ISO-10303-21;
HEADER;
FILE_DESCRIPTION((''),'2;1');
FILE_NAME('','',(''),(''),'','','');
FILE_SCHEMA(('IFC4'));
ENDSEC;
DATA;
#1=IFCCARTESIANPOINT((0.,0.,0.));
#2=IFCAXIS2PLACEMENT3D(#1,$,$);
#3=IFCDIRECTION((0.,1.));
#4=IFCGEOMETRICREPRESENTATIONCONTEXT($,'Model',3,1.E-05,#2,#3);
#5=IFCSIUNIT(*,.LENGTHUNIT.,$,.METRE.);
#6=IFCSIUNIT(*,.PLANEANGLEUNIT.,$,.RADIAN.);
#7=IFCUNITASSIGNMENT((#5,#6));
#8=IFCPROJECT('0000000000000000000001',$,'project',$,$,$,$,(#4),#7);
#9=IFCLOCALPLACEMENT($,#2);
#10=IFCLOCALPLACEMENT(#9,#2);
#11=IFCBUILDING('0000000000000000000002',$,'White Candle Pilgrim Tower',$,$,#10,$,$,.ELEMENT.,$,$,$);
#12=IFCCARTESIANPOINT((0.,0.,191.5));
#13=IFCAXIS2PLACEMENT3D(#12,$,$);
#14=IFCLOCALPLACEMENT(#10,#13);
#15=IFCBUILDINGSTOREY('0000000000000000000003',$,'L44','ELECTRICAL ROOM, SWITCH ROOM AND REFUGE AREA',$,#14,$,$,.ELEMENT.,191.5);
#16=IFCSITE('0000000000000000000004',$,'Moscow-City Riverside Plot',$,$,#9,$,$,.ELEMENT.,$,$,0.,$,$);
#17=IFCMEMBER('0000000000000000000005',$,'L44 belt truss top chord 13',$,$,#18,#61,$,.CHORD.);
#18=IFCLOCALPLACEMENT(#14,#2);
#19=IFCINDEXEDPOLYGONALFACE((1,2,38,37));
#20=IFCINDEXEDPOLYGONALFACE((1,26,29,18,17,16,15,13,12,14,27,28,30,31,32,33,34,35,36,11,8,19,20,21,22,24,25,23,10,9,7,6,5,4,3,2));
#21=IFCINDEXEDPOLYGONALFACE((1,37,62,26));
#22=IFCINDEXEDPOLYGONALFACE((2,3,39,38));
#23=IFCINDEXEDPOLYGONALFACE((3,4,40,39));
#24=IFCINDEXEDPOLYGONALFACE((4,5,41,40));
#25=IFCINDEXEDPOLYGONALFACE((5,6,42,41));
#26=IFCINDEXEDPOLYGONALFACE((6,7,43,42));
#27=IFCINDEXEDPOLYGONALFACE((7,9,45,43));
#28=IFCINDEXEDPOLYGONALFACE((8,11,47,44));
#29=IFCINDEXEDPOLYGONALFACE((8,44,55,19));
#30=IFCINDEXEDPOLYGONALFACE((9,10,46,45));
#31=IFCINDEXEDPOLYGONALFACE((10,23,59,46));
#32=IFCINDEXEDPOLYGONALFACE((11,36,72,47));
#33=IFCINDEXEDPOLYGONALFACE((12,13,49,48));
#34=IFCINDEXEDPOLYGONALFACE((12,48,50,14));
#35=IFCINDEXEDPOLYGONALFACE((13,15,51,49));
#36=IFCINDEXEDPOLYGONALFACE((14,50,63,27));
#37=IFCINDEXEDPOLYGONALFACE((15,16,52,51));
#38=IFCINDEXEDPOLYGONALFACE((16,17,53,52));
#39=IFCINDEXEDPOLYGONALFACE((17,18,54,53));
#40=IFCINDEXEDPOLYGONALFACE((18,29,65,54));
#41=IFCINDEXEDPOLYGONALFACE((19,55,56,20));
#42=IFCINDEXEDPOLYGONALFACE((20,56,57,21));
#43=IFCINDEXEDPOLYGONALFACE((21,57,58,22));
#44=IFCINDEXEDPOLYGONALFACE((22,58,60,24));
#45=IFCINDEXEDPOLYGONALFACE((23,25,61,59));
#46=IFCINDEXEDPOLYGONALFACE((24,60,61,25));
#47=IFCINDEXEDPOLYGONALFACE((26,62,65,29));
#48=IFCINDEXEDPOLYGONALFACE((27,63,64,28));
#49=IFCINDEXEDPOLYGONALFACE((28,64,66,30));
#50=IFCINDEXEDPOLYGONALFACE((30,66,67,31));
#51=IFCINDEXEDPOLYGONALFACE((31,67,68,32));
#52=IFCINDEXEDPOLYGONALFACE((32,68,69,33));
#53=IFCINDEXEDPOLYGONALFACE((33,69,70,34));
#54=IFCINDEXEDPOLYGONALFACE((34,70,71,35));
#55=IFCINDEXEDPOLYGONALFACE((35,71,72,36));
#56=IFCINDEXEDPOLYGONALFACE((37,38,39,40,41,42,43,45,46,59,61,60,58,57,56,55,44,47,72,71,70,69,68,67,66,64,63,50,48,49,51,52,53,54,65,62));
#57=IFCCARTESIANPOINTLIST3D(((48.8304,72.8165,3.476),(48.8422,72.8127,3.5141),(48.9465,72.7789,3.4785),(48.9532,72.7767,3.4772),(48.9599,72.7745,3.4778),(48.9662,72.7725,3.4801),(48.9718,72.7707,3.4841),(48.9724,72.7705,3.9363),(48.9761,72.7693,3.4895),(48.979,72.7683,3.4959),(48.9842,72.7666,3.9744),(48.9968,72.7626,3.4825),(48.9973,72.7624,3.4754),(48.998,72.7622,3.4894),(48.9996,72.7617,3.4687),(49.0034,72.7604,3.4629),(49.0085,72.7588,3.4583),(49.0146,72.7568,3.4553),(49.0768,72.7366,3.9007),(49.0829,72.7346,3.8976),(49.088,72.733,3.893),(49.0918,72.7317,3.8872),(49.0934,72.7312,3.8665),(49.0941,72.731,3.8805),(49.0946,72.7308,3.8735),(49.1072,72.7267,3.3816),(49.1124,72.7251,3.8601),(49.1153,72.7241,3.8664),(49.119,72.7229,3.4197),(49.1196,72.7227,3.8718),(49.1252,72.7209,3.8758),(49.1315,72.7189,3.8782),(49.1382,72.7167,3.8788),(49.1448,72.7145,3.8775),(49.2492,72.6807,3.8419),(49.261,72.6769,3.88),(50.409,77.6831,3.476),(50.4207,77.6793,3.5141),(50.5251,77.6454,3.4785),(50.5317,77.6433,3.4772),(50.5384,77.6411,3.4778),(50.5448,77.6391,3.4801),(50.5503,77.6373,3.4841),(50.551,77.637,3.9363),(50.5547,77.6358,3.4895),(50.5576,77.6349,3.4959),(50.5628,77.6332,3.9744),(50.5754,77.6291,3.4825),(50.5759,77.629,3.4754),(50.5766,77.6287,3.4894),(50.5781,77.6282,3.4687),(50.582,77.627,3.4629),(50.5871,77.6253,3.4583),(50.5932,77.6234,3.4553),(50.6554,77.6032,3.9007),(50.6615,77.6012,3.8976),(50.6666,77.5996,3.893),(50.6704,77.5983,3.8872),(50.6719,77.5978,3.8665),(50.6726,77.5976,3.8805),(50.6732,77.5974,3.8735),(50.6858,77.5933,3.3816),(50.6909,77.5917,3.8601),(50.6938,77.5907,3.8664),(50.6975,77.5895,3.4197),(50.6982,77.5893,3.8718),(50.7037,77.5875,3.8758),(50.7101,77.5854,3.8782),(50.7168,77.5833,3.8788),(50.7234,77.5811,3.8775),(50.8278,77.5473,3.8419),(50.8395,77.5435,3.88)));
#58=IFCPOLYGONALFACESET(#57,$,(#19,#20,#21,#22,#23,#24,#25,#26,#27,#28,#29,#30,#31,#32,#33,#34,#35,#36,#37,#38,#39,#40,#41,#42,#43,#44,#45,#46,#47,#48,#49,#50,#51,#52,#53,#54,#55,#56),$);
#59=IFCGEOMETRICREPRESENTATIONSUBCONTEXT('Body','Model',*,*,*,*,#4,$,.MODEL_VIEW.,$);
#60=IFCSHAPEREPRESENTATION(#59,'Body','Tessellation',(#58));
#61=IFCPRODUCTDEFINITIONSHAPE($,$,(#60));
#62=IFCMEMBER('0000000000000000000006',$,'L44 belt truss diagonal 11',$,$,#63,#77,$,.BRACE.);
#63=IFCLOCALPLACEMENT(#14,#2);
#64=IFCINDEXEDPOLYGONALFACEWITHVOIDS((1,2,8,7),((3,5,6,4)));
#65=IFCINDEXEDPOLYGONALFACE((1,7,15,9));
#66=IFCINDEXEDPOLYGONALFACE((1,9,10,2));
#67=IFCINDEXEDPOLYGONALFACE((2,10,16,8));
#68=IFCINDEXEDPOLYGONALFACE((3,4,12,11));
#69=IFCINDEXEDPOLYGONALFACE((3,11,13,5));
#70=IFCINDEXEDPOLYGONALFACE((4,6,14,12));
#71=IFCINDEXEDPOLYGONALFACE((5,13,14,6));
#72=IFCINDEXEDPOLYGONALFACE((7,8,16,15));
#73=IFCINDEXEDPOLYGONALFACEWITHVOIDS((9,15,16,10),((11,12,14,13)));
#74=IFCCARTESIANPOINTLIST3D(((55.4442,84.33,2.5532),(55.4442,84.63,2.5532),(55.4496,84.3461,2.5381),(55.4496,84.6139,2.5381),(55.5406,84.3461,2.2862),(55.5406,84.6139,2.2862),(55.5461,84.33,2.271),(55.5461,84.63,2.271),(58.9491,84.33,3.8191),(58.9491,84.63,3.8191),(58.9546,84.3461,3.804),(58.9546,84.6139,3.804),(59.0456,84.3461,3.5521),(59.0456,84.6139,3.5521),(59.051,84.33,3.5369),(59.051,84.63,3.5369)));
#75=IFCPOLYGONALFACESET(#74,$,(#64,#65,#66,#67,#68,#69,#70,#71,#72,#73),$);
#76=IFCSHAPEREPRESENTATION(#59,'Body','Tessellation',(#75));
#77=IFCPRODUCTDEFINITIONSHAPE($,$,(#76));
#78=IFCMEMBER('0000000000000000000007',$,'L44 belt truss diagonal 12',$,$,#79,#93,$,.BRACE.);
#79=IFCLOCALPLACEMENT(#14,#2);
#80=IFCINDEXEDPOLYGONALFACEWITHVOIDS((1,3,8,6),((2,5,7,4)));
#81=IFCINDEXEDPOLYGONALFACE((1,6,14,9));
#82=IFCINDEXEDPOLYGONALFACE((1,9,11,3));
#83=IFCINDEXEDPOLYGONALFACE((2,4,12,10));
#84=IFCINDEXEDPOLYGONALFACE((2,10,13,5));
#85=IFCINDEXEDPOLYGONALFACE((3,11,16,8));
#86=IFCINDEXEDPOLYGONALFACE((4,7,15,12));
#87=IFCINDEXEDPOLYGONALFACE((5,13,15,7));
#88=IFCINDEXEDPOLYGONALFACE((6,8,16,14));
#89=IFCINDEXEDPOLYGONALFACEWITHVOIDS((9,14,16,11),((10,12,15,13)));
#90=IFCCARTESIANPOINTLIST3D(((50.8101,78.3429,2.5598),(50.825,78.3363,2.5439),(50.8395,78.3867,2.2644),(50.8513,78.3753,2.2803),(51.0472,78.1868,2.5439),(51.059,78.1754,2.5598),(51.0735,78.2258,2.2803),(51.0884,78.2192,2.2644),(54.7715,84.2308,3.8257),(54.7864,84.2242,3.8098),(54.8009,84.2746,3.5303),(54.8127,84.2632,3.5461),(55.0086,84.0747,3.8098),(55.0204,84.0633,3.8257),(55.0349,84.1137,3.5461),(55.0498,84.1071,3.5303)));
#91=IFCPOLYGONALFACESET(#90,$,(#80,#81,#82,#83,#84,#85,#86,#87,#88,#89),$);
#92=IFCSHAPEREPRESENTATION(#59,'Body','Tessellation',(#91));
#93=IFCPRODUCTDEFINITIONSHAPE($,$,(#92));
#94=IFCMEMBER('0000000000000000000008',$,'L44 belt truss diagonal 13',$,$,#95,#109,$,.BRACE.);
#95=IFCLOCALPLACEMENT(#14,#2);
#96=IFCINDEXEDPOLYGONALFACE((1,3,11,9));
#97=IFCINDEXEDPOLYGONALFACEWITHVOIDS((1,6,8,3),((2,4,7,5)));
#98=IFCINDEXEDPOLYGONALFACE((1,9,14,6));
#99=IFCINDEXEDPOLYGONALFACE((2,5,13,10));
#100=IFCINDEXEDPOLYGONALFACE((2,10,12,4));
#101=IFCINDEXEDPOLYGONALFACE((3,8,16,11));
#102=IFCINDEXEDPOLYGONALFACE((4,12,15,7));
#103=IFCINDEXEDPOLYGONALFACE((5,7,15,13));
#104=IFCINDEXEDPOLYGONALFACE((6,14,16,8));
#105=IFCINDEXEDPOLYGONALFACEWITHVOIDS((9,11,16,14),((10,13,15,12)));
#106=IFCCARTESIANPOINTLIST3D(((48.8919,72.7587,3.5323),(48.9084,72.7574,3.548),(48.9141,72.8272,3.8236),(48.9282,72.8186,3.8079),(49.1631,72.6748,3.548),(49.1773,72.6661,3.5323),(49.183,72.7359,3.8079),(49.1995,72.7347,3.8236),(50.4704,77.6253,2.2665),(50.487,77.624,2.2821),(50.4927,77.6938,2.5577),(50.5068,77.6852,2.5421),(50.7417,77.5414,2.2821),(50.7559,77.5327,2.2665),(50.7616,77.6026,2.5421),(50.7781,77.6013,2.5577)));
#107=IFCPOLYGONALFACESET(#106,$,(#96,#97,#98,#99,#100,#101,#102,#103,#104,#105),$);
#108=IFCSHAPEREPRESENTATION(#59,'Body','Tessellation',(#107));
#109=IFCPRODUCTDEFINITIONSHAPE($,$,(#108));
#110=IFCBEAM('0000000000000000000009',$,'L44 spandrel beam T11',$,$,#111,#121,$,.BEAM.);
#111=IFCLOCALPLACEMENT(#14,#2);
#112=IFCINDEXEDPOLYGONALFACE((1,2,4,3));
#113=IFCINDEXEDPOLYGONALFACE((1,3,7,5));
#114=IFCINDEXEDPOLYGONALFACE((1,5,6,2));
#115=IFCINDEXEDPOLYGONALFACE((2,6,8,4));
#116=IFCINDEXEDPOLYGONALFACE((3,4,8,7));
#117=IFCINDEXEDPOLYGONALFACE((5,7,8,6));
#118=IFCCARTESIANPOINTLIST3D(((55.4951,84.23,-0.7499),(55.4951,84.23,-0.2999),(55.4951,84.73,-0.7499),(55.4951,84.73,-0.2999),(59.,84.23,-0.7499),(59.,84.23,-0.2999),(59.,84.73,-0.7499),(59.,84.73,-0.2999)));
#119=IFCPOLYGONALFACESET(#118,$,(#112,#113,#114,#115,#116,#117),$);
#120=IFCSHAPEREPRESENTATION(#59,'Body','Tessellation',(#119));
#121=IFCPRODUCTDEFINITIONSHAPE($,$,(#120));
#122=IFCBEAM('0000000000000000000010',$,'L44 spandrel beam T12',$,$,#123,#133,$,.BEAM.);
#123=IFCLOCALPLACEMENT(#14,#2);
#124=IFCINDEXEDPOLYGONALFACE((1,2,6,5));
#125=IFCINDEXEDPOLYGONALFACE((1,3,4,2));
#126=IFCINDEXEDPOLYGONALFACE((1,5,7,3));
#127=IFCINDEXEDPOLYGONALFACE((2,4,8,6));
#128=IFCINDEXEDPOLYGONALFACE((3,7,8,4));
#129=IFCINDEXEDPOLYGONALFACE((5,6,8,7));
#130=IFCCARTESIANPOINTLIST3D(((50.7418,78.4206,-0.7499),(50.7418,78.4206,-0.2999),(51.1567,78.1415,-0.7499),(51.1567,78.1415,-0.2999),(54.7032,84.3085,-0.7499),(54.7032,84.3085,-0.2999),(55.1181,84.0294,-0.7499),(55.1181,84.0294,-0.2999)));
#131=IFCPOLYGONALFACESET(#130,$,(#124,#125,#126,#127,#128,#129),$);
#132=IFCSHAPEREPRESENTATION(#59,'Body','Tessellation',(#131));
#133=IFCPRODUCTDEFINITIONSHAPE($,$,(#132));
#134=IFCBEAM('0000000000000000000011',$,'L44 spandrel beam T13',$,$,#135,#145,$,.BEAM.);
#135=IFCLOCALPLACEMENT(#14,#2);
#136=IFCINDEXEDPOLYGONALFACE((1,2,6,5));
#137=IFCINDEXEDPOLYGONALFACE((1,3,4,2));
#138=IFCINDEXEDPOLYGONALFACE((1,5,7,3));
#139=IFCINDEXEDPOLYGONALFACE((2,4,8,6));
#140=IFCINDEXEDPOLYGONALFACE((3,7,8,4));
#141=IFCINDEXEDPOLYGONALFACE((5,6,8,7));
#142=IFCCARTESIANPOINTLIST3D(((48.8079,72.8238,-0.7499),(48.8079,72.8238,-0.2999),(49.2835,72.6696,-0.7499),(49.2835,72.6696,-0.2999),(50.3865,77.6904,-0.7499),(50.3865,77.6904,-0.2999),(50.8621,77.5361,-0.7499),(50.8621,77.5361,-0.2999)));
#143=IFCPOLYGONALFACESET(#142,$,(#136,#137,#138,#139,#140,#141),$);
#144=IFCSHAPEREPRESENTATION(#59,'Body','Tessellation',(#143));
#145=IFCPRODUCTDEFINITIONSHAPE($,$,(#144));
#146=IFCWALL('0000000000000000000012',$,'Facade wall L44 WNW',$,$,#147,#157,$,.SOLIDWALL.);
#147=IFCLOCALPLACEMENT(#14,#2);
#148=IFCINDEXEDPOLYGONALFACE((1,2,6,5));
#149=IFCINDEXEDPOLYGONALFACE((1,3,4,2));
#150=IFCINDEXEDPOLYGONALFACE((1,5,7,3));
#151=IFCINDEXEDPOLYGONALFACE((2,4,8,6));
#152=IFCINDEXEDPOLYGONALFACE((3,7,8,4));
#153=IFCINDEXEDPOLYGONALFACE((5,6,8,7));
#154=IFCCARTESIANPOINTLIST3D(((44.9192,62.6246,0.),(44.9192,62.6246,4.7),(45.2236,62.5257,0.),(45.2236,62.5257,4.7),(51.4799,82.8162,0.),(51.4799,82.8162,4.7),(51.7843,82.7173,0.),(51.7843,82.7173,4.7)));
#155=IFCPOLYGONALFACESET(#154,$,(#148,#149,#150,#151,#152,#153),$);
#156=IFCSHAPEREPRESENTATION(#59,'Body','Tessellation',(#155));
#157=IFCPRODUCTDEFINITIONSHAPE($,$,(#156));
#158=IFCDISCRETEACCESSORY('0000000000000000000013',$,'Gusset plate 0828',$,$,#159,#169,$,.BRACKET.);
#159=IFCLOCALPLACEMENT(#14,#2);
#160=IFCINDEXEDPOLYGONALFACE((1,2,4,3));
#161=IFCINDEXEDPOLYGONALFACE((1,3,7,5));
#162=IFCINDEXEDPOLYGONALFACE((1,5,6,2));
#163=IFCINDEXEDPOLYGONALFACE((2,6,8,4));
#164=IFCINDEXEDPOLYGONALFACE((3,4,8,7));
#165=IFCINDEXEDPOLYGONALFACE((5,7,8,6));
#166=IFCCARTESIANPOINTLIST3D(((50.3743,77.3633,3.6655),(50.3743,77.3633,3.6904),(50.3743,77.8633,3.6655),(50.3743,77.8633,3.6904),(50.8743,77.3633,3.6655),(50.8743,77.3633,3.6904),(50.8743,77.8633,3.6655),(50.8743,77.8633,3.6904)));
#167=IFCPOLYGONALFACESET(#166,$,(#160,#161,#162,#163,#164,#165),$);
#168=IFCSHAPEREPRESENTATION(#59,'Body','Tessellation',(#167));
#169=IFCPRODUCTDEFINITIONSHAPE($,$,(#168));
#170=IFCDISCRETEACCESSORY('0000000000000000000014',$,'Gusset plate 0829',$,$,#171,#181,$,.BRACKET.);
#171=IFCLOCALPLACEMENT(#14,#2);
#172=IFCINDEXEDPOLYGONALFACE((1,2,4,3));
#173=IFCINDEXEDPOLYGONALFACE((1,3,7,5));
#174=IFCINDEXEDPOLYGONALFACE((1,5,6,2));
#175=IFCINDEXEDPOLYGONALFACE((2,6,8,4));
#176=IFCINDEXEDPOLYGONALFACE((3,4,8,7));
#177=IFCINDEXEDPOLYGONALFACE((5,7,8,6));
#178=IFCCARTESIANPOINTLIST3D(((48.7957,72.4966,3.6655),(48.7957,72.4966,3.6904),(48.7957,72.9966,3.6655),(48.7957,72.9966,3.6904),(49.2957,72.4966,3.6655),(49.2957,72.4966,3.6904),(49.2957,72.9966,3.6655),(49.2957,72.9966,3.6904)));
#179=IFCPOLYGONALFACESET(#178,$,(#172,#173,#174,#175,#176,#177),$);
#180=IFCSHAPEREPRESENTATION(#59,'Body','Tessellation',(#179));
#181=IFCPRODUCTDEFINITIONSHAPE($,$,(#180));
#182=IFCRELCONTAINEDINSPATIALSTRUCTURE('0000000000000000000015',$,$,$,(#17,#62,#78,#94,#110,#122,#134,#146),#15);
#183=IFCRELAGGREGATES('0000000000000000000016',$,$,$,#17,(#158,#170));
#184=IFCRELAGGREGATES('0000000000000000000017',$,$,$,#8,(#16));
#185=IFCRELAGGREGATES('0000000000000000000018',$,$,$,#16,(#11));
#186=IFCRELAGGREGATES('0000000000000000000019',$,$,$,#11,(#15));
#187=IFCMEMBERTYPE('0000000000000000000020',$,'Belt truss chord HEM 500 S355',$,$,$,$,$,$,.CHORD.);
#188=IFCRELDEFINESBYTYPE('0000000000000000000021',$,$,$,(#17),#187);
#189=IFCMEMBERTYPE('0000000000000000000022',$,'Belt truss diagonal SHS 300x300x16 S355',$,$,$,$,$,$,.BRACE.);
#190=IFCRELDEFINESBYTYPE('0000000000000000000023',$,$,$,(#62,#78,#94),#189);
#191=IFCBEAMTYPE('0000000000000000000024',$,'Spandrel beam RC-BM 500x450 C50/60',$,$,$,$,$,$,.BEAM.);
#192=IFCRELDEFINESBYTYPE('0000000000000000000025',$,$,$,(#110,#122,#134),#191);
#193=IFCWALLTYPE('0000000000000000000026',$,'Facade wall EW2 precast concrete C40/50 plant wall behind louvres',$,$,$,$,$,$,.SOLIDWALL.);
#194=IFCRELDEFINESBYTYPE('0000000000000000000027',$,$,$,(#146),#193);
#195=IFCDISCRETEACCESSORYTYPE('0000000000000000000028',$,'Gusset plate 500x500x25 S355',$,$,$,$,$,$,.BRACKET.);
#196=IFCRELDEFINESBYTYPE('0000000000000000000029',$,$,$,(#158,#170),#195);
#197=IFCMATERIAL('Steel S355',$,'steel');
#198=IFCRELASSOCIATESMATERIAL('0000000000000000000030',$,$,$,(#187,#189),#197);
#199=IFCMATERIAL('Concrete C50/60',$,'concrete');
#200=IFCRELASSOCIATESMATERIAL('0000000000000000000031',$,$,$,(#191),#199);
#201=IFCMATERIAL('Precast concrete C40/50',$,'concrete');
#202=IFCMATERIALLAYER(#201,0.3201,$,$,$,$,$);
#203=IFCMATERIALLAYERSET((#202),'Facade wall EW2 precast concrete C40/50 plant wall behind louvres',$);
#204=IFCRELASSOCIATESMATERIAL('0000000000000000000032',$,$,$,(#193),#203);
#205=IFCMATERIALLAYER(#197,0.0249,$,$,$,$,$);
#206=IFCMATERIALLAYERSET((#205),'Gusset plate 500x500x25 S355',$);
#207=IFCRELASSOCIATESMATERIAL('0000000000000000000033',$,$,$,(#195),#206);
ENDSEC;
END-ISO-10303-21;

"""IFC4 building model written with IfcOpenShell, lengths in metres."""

from ifc_helpers import new_model, si_unit, direction, frame, frame_2d, origin, origin_2d, place, context, subcontext, project, spatial, rectangle, hollow_rectangle, i_section, extrude, material, layer, layer_set, material_profile, profile_set, type_object, element, aggregate, save


model = new_model("IFC4")

# Units and contexts
model_context = context("Model", 3, precision=1e-05, world=origin(), true_north=direction((0.0, 1.0)))
body_context = subcontext(model_context, "Body", "Model", "MODEL_VIEW")
ifc_project = project(units=[si_unit("LENGTHUNIT", "METRE"), si_unit("PLANEANGLEUNIT", "RADIAN")], contexts=[model_context])

# Site, building, storey
site_placement = place(None, origin())
site = spatial("IfcSite", under=ifc_project, at=site_placement, Name="Moscow-City Riverside Plot", CompositionType="ELEMENT", RefElevation=0.0)
building_placement = place(site_placement, origin())
building = spatial("IfcBuilding", under=site, at=building_placement, Name="White Candle Pilgrim Tower", CompositionType="ELEMENT")
storey_placement = place(building_placement, frame((0.0, 0.0, 191.5)))
storey = spatial("IfcBuildingStorey", under=building, at=storey_placement, Name="L44", Description="ELECTRICAL ROOM, SWITCH ROOM AND REFUGE AREA", CompositionType="ELEMENT", Elevation=191.5)

# Member
ifc_material_1 = material(Name="Steel S355", Category="steel")
ifc_material_profile_1 = material_profile(ifc_material_1, i_section(OverallWidth=0.3059, OverallDepth=0.5239, WebThickness=0.021, FlangeThickness=0.04, FilletRadius=0.0271, at=origin_2d()), Name="HEM 500")
ifc_profile_set_1 = profile_set([ifc_material_profile_1], Name="Steel S355")
member_type_1 = type_object("IfcMemberType", Name="Belt truss chord HEM 500 S355", PredefinedType="CHORD", material=ifc_profile_set_1)
member_1_placement = place(storey_placement, frame((50.6243, 77.6133, 3.678), z_axis=(-0.308544, -0.95121, 0.0), x_axis=(0.904803, -0.293491, -0.308536)))
member_1 = element("IfcMember", 1, at=member_1_placement, inside=storey, type_object=member_type_1, Name="L44 belt truss top chord 13", PredefinedType="CHORD", context=body_context, shape_type="SweptSolid", body=[
    extrude(i_section(OverallWidth=0.3059, OverallDepth=0.5239, WebThickness=0.021, FlangeThickness=0.04, FilletRadius=0.0271, at=origin_2d()), origin(), (0.0, 0.0, 1.0), 5.1162),
])

# Members
ifc_material_profile_2 = material_profile(ifc_material_1, hollow_rectangle(XDim=0.3, YDim=0.3, WallThickness=0.0161, at=origin_2d()), Name="SHS 300x300x16")
ifc_profile_set_2 = profile_set([ifc_material_profile_2], Name="Steel S355")
member_type_2 = type_object("IfcMemberType", Name="Belt truss diagonal SHS 300x300x16 S355", PredefinedType="BRACE", material=ifc_profile_set_2)
member_2_placement = place(storey_placement, frame((55.4951, 84.48, 2.4121), z_axis=(0.940535, 0.0, 0.339696), x_axis=(0.0, 1.0, 0.0)))
element("IfcMember", 2, at=member_2_placement, inside=storey, type_object=member_type_2, Name="L44 belt truss diagonal 11", PredefinedType="BRACE", context=body_context, shape_type="SweptSolid", body=[
    extrude(hollow_rectangle(XDim=0.3, YDim=0.3, WallThickness=0.0161, at=origin_2d()), origin(), (0.0, 0.0, 1.0), 3.7266),
])
member_3_placement = place(storey_placement, frame((54.9106, 84.1689, 3.678), z_axis=(-0.549546, -0.8168, -0.175607), x_axis=(0.829693, -0.55822, 0.0)))
element("IfcMember", 3, at=member_3_placement, inside=storey, type_object=member_type_2, Name="L44 belt truss diagonal 12", PredefinedType="BRACE", context=body_context, shape_type="SweptSolid", body=[
    extrude(hollow_rectangle(XDim=0.3, YDim=0.3, WallThickness=0.0161, at=origin_2d()), origin(), (0.0, 0.0, 1.0), 7.2085),
])
member_4_placement = place(storey_placement, frame((50.6243, 77.6133, 2.4121), z_axis=(-0.299513, -0.923368, 0.240176), x_axis=(0.95121, -0.308544, 0.0)))
element("IfcMember", 4, at=member_4_placement, inside=storey, type_object=member_type_2, Name="L44 belt truss diagonal 13", PredefinedType="BRACE", context=body_context, shape_type="SweptSolid", body=[
    extrude(hollow_rectangle(XDim=0.3, YDim=0.3, WallThickness=0.0161, at=origin_2d()), origin(), (0.0, 0.0, 1.0), 5.2705),
])

# Beams
ifc_material_2 = material(Name="Concrete C50/60", Category="concrete")
ifc_material_profile_3 = material_profile(ifc_material_2, rectangle(XDim=0.5, YDim=0.45, at=origin_2d()), Name="RC-BM 500x450")
ifc_profile_set_3 = profile_set([ifc_material_profile_3], Name="Concrete C50/60")
beam_type = type_object("IfcBeamType", Name="Spandrel beam RC-BM 500x450 C50/60", PredefinedType="BEAM", material=ifc_profile_set_3)
beam_1_placement = place(storey_placement, frame((55.4951, 84.48, -0.5249), z_axis=(1.0, 0.0, 0.0), x_axis=(0.0, 1.0, 0.0)))
element("IfcBeam", 5, at=beam_1_placement, inside=storey, type_object=beam_type, Name="L44 spandrel beam T11", PredefinedType="BEAM", context=body_context, shape_type="SweptSolid", body=[
    extrude(rectangle(XDim=0.5, YDim=0.45, at=origin_2d()), origin(), (0.0, 0.0, 1.0), 3.5049),
])
beam_2_placement = place(storey_placement, frame((54.9106, 84.1689, -0.5249), z_axis=(-0.55822, -0.829693, 0.0), x_axis=(0.829693, -0.55822, 0.0)))
element("IfcBeam", 6, at=beam_2_placement, inside=storey, type_object=beam_type, Name="L44 spandrel beam T12", PredefinedType="BEAM", context=body_context, shape_type="SweptSolid", body=[
    extrude(rectangle(XDim=0.5, YDim=0.45, at=origin_2d()), origin(), (0.0, 0.0, 1.0), 7.0964),
])
beam_3_placement = place(storey_placement, frame((50.6243, 77.6133, -0.5249), z_axis=(-0.308544, -0.95121, 0.0), x_axis=(0.95121, -0.308544, 0.0)))
element("IfcBeam", 7, at=beam_3_placement, inside=storey, type_object=beam_type, Name="L44 spandrel beam T13", PredefinedType="BEAM", context=body_context, shape_type="SweptSolid", body=[
    extrude(rectangle(XDim=0.5, YDim=0.45, at=origin_2d()), origin(), (0.0, 0.0, 1.0), 5.1162),
])

# Wall
ifc_material_3 = material(Name="Precast concrete C40/50", Category="concrete")
ifc_layer_1 = layer(ifc_material_3, 0.3201)
ifc_layer_set_1 = layer_set([ifc_layer_1], Name="Facade wall EW2 precast concrete C40/50 plant wall behind louvres")
wall_type_1 = type_object("IfcWallType", Name="Facade wall EW2 precast concrete C40/50 plant wall behind louvres", PredefinedType="SOLIDWALL", material=ifc_layer_set_1)
wall_1_placement = place(storey_placement, frame((51.6321, 82.7666, 0.0), z_axis=(0.0, 0.0, 1.0), x_axis=(-0.309022, -0.951055, 0.0)))
element("IfcWall", 8, at=wall_1_placement, inside=storey, type_object=wall_type_1, Name="Facade wall L44 WNW", PredefinedType="SOLIDWALL", context=body_context, shape_type="SweptSolid", body=[
    extrude(rectangle(XDim=21.2307, YDim=0.3201, at=frame_2d((10.6152, 0.0))), origin(), (0.0, 0.0, 1.0), 4.7),
])

# Discrete accessories
ifc_layer_2 = layer(ifc_material_1, 0.0249)
ifc_layer_set_2 = layer_set([ifc_layer_2], Name="Gusset plate 500x500x25 S355")
discrete_accessory_type_1 = type_object("IfcDiscreteAccessoryType", Name="Gusset plate 500x500x25 S355", PredefinedType="BRACKET", material=ifc_layer_set_2)
discrete_accessory_1_placement = place(storey_placement, frame((50.6243, 77.6133, 3.6655), z_axis=(0.0, 0.0, 1.0), x_axis=(1.0, 0.0, 0.0)))
discrete_accessory_1 = element("IfcDiscreteAccessory", 9, at=discrete_accessory_1_placement, type_object=discrete_accessory_type_1, Name="Gusset plate 0828", PredefinedType="BRACKET", context=body_context, shape_type="SweptSolid", body=[
    extrude(rectangle(XDim=0.5, YDim=0.5, at=origin_2d()), origin(), (0.0, 0.0, 1.0), 0.0249),
])
discrete_accessory_2_placement = place(storey_placement, frame((49.0457, 72.7466, 3.6655), z_axis=(0.0, 0.0, 1.0), x_axis=(1.0, 0.0, 0.0)))
discrete_accessory_2 = element("IfcDiscreteAccessory", 10, at=discrete_accessory_2_placement, type_object=discrete_accessory_type_1, Name="Gusset plate 0829", PredefinedType="BRACKET", context=body_context, shape_type="SweptSolid", body=[
    extrude(rectangle(XDim=0.5, YDim=0.5, at=origin_2d()), origin(), (0.0, 0.0, 1.0), 0.0249),
])
aggregate(member_1, [discrete_accessory_1, discrete_accessory_2])

save(model, "model.ifc")
